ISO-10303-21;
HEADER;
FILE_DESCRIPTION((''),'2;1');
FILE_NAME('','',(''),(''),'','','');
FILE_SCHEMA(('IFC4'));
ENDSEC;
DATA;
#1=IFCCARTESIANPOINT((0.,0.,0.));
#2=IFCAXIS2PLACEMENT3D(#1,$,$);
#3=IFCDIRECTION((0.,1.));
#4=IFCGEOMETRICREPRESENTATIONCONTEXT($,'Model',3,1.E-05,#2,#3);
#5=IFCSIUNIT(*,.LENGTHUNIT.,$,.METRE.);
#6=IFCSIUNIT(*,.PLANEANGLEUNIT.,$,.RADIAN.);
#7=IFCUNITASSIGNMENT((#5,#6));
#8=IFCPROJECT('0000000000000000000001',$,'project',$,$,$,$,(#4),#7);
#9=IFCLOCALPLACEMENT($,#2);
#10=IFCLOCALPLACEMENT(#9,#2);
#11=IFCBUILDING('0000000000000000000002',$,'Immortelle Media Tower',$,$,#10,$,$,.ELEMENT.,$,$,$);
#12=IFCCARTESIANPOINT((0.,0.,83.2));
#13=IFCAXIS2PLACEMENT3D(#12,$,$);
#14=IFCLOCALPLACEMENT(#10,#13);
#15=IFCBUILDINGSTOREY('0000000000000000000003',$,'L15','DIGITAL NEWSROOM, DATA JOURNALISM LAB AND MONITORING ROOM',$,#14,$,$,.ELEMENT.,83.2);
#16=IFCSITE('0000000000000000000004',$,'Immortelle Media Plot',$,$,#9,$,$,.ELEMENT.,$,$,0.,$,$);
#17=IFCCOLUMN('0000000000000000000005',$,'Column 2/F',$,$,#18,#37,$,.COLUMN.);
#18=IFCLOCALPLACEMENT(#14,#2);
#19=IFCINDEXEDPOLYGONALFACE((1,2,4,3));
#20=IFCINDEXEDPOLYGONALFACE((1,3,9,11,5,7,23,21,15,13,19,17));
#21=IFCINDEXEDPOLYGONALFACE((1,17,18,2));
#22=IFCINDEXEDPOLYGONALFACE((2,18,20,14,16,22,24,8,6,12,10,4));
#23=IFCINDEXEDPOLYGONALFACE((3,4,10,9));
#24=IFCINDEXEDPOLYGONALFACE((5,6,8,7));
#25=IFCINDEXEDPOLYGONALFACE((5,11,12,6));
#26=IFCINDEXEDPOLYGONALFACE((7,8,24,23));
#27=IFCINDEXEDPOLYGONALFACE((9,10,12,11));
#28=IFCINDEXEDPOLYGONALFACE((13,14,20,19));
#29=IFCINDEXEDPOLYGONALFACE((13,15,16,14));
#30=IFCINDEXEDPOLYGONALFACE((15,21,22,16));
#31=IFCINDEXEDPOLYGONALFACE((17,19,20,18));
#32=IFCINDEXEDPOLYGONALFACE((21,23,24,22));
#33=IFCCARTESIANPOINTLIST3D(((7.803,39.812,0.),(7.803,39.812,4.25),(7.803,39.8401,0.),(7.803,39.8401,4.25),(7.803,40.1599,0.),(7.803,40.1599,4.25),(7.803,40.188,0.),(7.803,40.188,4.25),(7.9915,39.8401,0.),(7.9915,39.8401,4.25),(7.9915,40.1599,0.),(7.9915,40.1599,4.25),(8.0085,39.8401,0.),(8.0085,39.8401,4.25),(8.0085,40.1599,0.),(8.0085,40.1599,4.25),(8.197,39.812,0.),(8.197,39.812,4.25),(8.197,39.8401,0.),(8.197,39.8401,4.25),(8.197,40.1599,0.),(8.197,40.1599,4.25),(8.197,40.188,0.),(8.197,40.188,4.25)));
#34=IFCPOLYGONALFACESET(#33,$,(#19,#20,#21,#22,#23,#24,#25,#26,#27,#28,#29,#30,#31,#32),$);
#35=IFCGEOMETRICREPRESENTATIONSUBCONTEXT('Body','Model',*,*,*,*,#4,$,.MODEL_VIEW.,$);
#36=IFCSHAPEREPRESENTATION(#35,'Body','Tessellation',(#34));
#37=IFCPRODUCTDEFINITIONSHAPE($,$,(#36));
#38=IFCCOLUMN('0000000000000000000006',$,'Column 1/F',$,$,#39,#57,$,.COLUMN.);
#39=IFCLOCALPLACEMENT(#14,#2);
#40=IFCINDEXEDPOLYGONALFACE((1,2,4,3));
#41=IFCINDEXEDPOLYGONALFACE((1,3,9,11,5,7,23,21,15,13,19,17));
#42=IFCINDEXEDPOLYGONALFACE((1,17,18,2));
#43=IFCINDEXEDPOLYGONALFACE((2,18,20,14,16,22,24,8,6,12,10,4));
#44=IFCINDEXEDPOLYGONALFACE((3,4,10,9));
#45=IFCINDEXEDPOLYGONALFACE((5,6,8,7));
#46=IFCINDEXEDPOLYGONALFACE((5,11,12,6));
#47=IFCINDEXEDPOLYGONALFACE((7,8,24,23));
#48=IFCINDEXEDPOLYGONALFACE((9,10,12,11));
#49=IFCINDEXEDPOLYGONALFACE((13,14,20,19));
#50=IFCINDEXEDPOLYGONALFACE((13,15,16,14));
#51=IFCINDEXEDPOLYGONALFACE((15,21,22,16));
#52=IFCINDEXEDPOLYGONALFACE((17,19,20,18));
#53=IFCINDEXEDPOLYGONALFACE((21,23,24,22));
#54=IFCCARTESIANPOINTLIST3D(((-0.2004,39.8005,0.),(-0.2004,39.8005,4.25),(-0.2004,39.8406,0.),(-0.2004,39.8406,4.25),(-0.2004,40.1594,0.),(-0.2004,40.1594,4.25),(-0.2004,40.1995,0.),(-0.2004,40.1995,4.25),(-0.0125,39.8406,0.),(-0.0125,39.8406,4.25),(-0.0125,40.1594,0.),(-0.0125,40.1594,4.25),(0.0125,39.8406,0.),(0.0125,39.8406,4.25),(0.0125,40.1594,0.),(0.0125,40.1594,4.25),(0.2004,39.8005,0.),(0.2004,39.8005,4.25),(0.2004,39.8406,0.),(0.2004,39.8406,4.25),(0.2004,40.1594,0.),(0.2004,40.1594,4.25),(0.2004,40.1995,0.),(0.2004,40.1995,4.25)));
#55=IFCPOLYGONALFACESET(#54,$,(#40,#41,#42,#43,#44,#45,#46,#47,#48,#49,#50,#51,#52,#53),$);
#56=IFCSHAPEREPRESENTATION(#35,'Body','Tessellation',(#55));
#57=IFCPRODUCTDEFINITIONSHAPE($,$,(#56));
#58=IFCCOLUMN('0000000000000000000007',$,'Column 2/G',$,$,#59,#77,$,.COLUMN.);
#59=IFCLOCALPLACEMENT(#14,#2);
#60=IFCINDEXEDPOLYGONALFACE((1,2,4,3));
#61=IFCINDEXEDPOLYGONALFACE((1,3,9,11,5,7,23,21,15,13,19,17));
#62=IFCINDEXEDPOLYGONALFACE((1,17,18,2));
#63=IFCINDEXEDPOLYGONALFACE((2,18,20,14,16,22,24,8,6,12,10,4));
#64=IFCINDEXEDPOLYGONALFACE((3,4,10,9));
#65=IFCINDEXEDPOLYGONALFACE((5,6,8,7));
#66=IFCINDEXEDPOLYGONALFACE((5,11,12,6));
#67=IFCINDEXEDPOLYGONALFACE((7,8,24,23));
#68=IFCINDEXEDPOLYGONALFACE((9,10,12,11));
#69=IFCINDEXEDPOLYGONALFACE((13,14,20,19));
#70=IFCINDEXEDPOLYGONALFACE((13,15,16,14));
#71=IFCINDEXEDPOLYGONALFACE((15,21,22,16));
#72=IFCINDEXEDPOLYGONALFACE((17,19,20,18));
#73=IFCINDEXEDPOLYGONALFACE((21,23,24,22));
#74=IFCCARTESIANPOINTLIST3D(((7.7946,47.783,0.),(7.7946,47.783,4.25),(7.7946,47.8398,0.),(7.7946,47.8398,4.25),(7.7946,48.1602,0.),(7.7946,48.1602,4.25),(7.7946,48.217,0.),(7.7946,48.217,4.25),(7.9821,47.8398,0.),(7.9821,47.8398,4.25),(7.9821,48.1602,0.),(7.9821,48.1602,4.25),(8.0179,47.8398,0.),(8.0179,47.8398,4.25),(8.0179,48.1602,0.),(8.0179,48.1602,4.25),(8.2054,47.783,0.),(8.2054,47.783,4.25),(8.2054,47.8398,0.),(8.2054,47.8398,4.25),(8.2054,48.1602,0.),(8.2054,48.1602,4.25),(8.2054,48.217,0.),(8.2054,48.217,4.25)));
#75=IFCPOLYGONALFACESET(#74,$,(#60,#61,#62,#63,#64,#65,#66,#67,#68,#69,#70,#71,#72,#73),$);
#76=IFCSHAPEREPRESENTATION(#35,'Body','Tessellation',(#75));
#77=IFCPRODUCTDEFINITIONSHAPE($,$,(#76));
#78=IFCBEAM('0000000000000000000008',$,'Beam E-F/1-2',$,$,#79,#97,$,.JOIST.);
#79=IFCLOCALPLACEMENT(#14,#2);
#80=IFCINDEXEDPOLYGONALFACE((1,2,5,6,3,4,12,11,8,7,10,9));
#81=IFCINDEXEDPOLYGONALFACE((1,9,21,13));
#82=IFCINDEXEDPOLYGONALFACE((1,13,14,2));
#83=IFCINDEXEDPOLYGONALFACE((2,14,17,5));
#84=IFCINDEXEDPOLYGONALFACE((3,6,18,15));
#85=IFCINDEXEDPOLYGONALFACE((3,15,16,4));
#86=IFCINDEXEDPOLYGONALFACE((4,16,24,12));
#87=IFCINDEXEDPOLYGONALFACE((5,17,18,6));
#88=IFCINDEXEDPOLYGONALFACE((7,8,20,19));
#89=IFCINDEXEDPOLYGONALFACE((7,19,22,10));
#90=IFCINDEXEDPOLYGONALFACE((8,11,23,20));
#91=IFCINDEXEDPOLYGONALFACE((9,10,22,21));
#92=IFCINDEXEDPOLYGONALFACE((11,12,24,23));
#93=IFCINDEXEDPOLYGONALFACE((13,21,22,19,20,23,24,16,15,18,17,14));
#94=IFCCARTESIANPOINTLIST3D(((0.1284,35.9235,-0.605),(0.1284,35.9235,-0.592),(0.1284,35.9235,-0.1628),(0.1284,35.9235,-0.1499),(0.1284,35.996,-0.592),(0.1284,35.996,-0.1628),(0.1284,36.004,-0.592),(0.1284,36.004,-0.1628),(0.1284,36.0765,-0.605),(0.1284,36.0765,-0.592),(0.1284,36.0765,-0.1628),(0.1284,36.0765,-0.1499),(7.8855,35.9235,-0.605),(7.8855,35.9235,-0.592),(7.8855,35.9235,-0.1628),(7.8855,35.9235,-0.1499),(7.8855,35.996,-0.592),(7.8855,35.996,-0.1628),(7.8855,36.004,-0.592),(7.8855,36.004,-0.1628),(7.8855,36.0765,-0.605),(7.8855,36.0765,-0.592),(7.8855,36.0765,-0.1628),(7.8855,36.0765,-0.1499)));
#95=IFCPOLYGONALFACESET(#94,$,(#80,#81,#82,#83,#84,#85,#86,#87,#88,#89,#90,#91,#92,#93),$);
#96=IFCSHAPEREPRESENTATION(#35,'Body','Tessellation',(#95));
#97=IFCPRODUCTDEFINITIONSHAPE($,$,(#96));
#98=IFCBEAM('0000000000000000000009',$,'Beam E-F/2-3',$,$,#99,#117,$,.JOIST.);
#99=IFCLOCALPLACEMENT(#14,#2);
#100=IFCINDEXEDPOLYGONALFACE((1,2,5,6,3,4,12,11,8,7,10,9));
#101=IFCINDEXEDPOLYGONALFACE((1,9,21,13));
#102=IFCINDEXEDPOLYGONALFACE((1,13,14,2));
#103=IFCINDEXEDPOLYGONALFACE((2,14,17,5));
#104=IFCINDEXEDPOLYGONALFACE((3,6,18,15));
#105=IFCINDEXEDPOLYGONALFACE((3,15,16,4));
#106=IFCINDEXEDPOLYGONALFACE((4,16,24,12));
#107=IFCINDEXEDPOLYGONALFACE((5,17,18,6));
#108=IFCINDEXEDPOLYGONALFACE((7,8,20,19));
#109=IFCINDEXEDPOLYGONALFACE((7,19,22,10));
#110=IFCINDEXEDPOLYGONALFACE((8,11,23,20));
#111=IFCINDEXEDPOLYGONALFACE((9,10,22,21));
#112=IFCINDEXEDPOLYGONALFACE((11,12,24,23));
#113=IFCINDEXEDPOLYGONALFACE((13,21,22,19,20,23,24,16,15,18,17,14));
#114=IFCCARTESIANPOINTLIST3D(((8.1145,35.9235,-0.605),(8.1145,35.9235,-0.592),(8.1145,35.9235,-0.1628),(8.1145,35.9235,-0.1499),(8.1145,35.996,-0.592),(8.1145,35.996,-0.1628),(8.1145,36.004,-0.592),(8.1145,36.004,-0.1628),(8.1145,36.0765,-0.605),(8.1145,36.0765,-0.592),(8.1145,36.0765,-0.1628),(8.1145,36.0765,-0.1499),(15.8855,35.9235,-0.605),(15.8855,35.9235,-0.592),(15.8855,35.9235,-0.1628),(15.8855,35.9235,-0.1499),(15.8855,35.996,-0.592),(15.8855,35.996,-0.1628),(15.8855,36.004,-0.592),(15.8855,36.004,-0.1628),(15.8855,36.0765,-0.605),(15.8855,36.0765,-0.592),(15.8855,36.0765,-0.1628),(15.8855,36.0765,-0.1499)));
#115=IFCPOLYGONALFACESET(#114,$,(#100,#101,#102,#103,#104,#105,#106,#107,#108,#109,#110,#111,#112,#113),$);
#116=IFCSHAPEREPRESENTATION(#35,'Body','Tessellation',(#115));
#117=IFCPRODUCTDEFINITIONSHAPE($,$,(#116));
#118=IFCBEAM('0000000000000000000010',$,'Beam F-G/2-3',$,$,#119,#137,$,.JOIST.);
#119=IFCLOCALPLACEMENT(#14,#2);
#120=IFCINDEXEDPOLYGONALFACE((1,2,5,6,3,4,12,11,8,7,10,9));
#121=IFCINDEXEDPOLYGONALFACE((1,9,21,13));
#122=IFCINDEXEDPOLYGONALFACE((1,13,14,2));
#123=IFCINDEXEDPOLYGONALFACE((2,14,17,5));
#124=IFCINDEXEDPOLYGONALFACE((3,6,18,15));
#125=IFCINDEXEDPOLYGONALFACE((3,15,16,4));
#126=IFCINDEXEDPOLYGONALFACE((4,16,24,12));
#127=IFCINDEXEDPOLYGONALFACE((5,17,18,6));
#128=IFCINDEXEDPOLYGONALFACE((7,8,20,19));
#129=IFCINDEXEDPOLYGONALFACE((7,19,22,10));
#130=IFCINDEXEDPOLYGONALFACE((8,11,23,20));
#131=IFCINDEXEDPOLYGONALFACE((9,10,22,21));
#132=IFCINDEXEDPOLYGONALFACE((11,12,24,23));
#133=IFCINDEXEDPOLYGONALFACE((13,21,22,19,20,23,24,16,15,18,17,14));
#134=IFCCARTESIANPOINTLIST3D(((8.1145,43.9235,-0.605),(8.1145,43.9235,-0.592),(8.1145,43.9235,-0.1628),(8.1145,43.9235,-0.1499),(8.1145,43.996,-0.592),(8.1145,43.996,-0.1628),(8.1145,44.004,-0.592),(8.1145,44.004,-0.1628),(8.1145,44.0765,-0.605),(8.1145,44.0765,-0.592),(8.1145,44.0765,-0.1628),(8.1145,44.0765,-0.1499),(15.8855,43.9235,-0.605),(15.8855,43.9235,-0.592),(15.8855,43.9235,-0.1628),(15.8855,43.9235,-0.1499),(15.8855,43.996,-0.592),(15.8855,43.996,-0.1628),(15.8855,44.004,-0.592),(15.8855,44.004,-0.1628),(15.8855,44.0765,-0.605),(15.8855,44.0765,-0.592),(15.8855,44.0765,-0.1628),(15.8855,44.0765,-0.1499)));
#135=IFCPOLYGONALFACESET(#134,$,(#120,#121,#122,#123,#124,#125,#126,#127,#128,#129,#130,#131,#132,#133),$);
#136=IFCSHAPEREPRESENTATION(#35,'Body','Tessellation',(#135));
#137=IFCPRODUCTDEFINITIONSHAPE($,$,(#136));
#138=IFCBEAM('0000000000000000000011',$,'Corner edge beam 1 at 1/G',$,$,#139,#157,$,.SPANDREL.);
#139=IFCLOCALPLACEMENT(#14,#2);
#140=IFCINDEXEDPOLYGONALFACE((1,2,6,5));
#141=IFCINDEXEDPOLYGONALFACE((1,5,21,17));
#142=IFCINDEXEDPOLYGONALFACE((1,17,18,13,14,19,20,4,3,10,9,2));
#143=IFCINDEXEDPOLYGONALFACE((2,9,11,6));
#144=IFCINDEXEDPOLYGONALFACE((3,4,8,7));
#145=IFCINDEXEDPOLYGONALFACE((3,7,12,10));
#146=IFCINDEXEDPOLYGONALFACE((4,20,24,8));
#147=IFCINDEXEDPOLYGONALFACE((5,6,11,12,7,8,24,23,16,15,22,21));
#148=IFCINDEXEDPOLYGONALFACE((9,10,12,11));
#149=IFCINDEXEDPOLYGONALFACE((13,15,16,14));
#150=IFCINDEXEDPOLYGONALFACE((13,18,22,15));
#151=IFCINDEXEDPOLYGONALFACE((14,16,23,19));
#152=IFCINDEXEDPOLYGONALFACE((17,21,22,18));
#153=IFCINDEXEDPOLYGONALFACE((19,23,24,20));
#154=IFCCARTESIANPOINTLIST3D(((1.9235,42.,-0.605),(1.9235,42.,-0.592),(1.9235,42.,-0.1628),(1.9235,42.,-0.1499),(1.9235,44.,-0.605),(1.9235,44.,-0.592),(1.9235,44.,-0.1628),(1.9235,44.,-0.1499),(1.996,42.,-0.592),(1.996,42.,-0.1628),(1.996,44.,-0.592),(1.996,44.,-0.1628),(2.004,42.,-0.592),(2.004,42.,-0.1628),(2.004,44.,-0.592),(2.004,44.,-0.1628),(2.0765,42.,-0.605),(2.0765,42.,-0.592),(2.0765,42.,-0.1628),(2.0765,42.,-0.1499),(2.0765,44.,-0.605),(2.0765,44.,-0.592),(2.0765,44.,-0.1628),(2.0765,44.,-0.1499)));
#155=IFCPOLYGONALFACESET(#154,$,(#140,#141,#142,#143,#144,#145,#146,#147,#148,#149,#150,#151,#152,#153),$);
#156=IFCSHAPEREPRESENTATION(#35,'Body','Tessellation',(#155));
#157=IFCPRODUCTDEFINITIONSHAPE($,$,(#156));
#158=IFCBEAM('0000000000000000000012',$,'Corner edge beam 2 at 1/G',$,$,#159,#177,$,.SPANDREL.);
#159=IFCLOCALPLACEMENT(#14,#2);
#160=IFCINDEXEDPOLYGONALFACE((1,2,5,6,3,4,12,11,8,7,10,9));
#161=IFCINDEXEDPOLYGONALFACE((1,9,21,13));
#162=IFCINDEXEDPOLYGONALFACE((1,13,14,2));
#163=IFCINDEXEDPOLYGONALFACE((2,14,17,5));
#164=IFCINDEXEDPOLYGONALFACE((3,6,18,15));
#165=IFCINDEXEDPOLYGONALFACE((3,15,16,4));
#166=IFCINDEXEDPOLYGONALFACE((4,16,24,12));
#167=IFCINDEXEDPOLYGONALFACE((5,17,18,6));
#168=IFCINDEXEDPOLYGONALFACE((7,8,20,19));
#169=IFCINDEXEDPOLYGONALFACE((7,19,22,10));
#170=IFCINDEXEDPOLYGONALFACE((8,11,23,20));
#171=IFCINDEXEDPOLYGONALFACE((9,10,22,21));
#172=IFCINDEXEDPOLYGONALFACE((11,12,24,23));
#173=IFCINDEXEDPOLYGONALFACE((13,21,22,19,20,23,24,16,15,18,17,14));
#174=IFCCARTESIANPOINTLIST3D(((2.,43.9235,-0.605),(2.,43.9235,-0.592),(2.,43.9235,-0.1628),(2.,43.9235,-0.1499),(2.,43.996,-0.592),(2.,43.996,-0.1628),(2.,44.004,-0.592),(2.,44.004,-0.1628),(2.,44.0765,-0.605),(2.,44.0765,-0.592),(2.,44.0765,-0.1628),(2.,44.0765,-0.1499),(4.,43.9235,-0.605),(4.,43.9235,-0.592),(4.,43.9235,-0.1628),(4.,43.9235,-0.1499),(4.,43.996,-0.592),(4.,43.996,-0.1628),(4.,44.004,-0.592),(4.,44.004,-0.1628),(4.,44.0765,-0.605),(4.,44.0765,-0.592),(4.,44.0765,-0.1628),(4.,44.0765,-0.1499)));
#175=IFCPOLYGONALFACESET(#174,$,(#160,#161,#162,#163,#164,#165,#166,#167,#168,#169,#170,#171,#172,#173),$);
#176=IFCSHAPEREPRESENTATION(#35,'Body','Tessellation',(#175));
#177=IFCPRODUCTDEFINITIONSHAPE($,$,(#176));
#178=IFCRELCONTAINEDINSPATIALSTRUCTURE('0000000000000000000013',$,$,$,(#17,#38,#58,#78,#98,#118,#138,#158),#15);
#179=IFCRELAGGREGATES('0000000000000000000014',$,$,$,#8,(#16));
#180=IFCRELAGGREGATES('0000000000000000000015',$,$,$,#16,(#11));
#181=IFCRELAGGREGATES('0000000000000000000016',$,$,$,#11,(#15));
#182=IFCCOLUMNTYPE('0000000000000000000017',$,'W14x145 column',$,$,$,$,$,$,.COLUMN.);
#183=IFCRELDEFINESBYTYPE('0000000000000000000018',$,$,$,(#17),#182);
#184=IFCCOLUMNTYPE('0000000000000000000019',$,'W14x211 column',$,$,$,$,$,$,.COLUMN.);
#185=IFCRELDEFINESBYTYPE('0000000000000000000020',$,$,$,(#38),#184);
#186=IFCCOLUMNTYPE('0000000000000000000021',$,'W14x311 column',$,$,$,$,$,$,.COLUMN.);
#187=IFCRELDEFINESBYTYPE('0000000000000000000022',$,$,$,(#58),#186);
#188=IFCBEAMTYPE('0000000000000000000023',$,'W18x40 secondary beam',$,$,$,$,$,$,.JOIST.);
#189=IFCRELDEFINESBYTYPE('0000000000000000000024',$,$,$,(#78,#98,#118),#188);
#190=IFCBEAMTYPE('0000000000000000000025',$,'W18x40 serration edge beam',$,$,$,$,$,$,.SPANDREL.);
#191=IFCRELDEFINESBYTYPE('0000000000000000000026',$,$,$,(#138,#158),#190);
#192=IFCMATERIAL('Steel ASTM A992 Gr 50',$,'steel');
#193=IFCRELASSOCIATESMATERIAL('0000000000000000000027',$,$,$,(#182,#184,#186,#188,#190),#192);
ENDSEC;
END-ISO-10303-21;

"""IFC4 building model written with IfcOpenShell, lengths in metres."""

from ifc_helpers import new_model, si_unit, direction, frame, origin, origin_2d, place, context, subcontext, project, spatial, i_section, extrude, material, material_profile, profile_set, type_object, element, save


model = new_model("IFC4")

# Units and contexts
model_context = context("Model", 3, precision=1e-05, world=origin(), true_north=direction((0.0, 1.0)))
body_context = subcontext(model_context, "Body", "Model", "MODEL_VIEW")
ifc_project = project(units=[si_unit("LENGTHUNIT", "METRE"), si_unit("PLANEANGLEUNIT", "RADIAN")], contexts=[model_context])

# Site, building, storey
site_placement = place(None, origin())
site = spatial("IfcSite", under=ifc_project, at=site_placement, Name="Immortelle Media Plot", CompositionType="ELEMENT", RefElevation=0.0)
building_placement = place(site_placement, origin())
building = spatial("IfcBuilding", under=site, at=building_placement, Name="Immortelle Media Tower", CompositionType="ELEMENT")
storey_placement = place(building_placement, frame((0.0, 0.0, 83.2)))
storey = spatial("IfcBuildingStorey", under=building, at=storey_placement, Name="L15", Description="DIGITAL NEWSROOM, DATA JOURNALISM LAB AND MONITORING ROOM", CompositionType="ELEMENT", Elevation=83.2)

# Columns
ifc_material_1 = material(Name="Steel ASTM A992 Gr 50", Category="steel")
ifc_material_profile_1 = material_profile(ifc_material_1, i_section(OverallWidth=0.394, OverallDepth=0.376, WebThickness=0.0171, FlangeThickness=0.0281, at=origin_2d()), Name="W14x145")
ifc_profile_set_1 = profile_set([ifc_material_profile_1], Name="Steel ASTM A992 Gr 50")
column_type_1 = type_object("IfcColumnType", Name="W14x145 column", PredefinedType="COLUMN", material=ifc_profile_set_1)
column_1_placement = place(storey_placement, frame((8.0, 40.0, 0.0), z_axis=(0.0, 0.0, 1.0), x_axis=(1.0, 0.0, 0.0)))
element("IfcColumn", 1, at=column_1_placement, inside=storey, type_object=column_type_1, Name="Column 2/F", PredefinedType="COLUMN", context=body_context, shape_type="SweptSolid", body=[
    extrude(i_section(OverallWidth=0.394, OverallDepth=0.376, WebThickness=0.0171, FlangeThickness=0.0281, at=origin_2d()), origin(), (0.0, 0.0, 1.0), 4.25),
])
ifc_material_profile_2 = material_profile(ifc_material_1, i_section(OverallWidth=0.4009, OverallDepth=0.3989, WebThickness=0.0249, FlangeThickness=0.04, at=origin_2d()), Name="W14x211")
ifc_profile_set_2 = profile_set([ifc_material_profile_2], Name="Steel ASTM A992 Gr 50")
column_type_2 = type_object("IfcColumnType", Name="W14x211 column", PredefinedType="COLUMN", material=ifc_profile_set_2)
column_2_placement = place(storey_placement, frame((0.0, 40.0, 0.0), z_axis=(0.0, 0.0, 1.0), x_axis=(1.0, 0.0, 0.0)))
element("IfcColumn", 2, at=column_2_placement, inside=storey, type_object=column_type_2, Name="Column 1/F", PredefinedType="COLUMN", context=body_context, shape_type="SweptSolid", body=[
    extrude(i_section(OverallWidth=0.4009, OverallDepth=0.3989, WebThickness=0.0249, FlangeThickness=0.04, at=origin_2d()), origin(), (0.0, 0.0, 1.0), 4.25),
])
ifc_material_profile_3 = material_profile(ifc_material_1, i_section(OverallWidth=0.4109, OverallDepth=0.4341, WebThickness=0.0359, FlangeThickness=0.0569, at=origin_2d()), Name="W14x311")
ifc_profile_set_3 = profile_set([ifc_material_profile_3], Name="Steel ASTM A992 Gr 50")
column_type_3 = type_object("IfcColumnType", Name="W14x311 column", PredefinedType="COLUMN", material=ifc_profile_set_3)
column_3_placement = place(storey_placement, frame((8.0, 48.0, 0.0), z_axis=(0.0, 0.0, 1.0), x_axis=(1.0, 0.0, 0.0)))
element("IfcColumn", 3, at=column_3_placement, inside=storey, type_object=column_type_3, Name="Column 2/G", PredefinedType="COLUMN", context=body_context, shape_type="SweptSolid", body=[
    extrude(i_section(OverallWidth=0.4109, OverallDepth=0.4341, WebThickness=0.0359, FlangeThickness=0.0569, at=origin_2d()), origin(), (0.0, 0.0, 1.0), 4.25),
])

# Beams
ifc_material_profile_4 = material_profile(ifc_material_1, i_section(OverallWidth=0.1531, OverallDepth=0.4551, WebThickness=0.0081, FlangeThickness=0.0129, at=origin_2d()), Name="W18x40")
ifc_profile_set_4 = profile_set([ifc_material_profile_4], Name="Steel ASTM A992 Gr 50")
beam_type_1 = type_object("IfcBeamType", Name="W18x40 secondary beam", PredefinedType="JOIST", material=ifc_profile_set_4)
beam_1_placement = place(storey_placement, frame((0.1284, 36.0, -0.3774), z_axis=(1.0, 0.0, 0.0), x_axis=(0.0, 1.0, 0.0)))
element("IfcBeam", 4, at=beam_1_placement, inside=storey, type_object=beam_type_1, Name="Beam E-F/1-2", PredefinedType="JOIST", context=body_context, shape_type="SweptSolid", body=[
    extrude(i_section(OverallWidth=0.1531, OverallDepth=0.4551, WebThickness=0.0081, FlangeThickness=0.0129, at=origin_2d()), origin(), (0.0, 0.0, 1.0), 7.7571),
])
for number, where, z_axis, x_axis, name in (
    (5, (8.1145, 36.0, -0.3774), (1.0, 0.0, 0.0), (0.0, 1.0, 0.0), "Beam E-F/2-3"),
    (6, (8.1145, 44.0, -0.3774), (1.0, 0.0, 0.0), (0.0, 1.0, 0.0), "Beam F-G/2-3"),
):
    element("IfcBeam", number, at=place(storey_placement, frame(where, z_axis=z_axis, x_axis=x_axis)), inside=storey, type_object=beam_type_1, Name=name, PredefinedType="JOIST", context=body_context, shape_type="SweptSolid", body=[
        extrude(i_section(OverallWidth=0.1531, OverallDepth=0.4551, WebThickness=0.0081, FlangeThickness=0.0129, at=origin_2d()), origin(), (0.0, 0.0, 1.0), 7.771),
    ])
ifc_material_profile_5 = material_profile(ifc_material_1, i_section(OverallWidth=0.1531, OverallDepth=0.4551, WebThickness=0.0081, FlangeThickness=0.0129, at=origin_2d()), Name="W18x40")
ifc_profile_set_5 = profile_set([ifc_material_profile_5], Name="Steel ASTM A992 Gr 50")
beam_type_2 = type_object("IfcBeamType", Name="W18x40 serration edge beam", PredefinedType="SPANDREL", material=ifc_profile_set_5)
for number, where, z_axis, x_axis, name in (
    (7, (2.0, 42.0, -0.3774), (0.0, 1.0, 0.0), (-1.0, 0.0, 0.0), "Corner edge beam 1 at 1/G"),
    (8, (2.0, 44.0, -0.3774), (1.0, 0.0, 0.0), (0.0, 1.0, 0.0), "Corner edge beam 2 at 1/G"),
):
    element("IfcBeam", number, at=place(storey_placement, frame(where, z_axis=z_axis, x_axis=x_axis)), inside=storey, type_object=beam_type_2, Name=name, PredefinedType="SPANDREL", context=body_context, shape_type="SweptSolid", body=[
        extrude(i_section(OverallWidth=0.1531, OverallDepth=0.4551, WebThickness=0.0081, FlangeThickness=0.0129, at=origin_2d()), origin(), (0.0, 0.0, 1.0), 2.0),
    ])

save(model, "model.ifc")
